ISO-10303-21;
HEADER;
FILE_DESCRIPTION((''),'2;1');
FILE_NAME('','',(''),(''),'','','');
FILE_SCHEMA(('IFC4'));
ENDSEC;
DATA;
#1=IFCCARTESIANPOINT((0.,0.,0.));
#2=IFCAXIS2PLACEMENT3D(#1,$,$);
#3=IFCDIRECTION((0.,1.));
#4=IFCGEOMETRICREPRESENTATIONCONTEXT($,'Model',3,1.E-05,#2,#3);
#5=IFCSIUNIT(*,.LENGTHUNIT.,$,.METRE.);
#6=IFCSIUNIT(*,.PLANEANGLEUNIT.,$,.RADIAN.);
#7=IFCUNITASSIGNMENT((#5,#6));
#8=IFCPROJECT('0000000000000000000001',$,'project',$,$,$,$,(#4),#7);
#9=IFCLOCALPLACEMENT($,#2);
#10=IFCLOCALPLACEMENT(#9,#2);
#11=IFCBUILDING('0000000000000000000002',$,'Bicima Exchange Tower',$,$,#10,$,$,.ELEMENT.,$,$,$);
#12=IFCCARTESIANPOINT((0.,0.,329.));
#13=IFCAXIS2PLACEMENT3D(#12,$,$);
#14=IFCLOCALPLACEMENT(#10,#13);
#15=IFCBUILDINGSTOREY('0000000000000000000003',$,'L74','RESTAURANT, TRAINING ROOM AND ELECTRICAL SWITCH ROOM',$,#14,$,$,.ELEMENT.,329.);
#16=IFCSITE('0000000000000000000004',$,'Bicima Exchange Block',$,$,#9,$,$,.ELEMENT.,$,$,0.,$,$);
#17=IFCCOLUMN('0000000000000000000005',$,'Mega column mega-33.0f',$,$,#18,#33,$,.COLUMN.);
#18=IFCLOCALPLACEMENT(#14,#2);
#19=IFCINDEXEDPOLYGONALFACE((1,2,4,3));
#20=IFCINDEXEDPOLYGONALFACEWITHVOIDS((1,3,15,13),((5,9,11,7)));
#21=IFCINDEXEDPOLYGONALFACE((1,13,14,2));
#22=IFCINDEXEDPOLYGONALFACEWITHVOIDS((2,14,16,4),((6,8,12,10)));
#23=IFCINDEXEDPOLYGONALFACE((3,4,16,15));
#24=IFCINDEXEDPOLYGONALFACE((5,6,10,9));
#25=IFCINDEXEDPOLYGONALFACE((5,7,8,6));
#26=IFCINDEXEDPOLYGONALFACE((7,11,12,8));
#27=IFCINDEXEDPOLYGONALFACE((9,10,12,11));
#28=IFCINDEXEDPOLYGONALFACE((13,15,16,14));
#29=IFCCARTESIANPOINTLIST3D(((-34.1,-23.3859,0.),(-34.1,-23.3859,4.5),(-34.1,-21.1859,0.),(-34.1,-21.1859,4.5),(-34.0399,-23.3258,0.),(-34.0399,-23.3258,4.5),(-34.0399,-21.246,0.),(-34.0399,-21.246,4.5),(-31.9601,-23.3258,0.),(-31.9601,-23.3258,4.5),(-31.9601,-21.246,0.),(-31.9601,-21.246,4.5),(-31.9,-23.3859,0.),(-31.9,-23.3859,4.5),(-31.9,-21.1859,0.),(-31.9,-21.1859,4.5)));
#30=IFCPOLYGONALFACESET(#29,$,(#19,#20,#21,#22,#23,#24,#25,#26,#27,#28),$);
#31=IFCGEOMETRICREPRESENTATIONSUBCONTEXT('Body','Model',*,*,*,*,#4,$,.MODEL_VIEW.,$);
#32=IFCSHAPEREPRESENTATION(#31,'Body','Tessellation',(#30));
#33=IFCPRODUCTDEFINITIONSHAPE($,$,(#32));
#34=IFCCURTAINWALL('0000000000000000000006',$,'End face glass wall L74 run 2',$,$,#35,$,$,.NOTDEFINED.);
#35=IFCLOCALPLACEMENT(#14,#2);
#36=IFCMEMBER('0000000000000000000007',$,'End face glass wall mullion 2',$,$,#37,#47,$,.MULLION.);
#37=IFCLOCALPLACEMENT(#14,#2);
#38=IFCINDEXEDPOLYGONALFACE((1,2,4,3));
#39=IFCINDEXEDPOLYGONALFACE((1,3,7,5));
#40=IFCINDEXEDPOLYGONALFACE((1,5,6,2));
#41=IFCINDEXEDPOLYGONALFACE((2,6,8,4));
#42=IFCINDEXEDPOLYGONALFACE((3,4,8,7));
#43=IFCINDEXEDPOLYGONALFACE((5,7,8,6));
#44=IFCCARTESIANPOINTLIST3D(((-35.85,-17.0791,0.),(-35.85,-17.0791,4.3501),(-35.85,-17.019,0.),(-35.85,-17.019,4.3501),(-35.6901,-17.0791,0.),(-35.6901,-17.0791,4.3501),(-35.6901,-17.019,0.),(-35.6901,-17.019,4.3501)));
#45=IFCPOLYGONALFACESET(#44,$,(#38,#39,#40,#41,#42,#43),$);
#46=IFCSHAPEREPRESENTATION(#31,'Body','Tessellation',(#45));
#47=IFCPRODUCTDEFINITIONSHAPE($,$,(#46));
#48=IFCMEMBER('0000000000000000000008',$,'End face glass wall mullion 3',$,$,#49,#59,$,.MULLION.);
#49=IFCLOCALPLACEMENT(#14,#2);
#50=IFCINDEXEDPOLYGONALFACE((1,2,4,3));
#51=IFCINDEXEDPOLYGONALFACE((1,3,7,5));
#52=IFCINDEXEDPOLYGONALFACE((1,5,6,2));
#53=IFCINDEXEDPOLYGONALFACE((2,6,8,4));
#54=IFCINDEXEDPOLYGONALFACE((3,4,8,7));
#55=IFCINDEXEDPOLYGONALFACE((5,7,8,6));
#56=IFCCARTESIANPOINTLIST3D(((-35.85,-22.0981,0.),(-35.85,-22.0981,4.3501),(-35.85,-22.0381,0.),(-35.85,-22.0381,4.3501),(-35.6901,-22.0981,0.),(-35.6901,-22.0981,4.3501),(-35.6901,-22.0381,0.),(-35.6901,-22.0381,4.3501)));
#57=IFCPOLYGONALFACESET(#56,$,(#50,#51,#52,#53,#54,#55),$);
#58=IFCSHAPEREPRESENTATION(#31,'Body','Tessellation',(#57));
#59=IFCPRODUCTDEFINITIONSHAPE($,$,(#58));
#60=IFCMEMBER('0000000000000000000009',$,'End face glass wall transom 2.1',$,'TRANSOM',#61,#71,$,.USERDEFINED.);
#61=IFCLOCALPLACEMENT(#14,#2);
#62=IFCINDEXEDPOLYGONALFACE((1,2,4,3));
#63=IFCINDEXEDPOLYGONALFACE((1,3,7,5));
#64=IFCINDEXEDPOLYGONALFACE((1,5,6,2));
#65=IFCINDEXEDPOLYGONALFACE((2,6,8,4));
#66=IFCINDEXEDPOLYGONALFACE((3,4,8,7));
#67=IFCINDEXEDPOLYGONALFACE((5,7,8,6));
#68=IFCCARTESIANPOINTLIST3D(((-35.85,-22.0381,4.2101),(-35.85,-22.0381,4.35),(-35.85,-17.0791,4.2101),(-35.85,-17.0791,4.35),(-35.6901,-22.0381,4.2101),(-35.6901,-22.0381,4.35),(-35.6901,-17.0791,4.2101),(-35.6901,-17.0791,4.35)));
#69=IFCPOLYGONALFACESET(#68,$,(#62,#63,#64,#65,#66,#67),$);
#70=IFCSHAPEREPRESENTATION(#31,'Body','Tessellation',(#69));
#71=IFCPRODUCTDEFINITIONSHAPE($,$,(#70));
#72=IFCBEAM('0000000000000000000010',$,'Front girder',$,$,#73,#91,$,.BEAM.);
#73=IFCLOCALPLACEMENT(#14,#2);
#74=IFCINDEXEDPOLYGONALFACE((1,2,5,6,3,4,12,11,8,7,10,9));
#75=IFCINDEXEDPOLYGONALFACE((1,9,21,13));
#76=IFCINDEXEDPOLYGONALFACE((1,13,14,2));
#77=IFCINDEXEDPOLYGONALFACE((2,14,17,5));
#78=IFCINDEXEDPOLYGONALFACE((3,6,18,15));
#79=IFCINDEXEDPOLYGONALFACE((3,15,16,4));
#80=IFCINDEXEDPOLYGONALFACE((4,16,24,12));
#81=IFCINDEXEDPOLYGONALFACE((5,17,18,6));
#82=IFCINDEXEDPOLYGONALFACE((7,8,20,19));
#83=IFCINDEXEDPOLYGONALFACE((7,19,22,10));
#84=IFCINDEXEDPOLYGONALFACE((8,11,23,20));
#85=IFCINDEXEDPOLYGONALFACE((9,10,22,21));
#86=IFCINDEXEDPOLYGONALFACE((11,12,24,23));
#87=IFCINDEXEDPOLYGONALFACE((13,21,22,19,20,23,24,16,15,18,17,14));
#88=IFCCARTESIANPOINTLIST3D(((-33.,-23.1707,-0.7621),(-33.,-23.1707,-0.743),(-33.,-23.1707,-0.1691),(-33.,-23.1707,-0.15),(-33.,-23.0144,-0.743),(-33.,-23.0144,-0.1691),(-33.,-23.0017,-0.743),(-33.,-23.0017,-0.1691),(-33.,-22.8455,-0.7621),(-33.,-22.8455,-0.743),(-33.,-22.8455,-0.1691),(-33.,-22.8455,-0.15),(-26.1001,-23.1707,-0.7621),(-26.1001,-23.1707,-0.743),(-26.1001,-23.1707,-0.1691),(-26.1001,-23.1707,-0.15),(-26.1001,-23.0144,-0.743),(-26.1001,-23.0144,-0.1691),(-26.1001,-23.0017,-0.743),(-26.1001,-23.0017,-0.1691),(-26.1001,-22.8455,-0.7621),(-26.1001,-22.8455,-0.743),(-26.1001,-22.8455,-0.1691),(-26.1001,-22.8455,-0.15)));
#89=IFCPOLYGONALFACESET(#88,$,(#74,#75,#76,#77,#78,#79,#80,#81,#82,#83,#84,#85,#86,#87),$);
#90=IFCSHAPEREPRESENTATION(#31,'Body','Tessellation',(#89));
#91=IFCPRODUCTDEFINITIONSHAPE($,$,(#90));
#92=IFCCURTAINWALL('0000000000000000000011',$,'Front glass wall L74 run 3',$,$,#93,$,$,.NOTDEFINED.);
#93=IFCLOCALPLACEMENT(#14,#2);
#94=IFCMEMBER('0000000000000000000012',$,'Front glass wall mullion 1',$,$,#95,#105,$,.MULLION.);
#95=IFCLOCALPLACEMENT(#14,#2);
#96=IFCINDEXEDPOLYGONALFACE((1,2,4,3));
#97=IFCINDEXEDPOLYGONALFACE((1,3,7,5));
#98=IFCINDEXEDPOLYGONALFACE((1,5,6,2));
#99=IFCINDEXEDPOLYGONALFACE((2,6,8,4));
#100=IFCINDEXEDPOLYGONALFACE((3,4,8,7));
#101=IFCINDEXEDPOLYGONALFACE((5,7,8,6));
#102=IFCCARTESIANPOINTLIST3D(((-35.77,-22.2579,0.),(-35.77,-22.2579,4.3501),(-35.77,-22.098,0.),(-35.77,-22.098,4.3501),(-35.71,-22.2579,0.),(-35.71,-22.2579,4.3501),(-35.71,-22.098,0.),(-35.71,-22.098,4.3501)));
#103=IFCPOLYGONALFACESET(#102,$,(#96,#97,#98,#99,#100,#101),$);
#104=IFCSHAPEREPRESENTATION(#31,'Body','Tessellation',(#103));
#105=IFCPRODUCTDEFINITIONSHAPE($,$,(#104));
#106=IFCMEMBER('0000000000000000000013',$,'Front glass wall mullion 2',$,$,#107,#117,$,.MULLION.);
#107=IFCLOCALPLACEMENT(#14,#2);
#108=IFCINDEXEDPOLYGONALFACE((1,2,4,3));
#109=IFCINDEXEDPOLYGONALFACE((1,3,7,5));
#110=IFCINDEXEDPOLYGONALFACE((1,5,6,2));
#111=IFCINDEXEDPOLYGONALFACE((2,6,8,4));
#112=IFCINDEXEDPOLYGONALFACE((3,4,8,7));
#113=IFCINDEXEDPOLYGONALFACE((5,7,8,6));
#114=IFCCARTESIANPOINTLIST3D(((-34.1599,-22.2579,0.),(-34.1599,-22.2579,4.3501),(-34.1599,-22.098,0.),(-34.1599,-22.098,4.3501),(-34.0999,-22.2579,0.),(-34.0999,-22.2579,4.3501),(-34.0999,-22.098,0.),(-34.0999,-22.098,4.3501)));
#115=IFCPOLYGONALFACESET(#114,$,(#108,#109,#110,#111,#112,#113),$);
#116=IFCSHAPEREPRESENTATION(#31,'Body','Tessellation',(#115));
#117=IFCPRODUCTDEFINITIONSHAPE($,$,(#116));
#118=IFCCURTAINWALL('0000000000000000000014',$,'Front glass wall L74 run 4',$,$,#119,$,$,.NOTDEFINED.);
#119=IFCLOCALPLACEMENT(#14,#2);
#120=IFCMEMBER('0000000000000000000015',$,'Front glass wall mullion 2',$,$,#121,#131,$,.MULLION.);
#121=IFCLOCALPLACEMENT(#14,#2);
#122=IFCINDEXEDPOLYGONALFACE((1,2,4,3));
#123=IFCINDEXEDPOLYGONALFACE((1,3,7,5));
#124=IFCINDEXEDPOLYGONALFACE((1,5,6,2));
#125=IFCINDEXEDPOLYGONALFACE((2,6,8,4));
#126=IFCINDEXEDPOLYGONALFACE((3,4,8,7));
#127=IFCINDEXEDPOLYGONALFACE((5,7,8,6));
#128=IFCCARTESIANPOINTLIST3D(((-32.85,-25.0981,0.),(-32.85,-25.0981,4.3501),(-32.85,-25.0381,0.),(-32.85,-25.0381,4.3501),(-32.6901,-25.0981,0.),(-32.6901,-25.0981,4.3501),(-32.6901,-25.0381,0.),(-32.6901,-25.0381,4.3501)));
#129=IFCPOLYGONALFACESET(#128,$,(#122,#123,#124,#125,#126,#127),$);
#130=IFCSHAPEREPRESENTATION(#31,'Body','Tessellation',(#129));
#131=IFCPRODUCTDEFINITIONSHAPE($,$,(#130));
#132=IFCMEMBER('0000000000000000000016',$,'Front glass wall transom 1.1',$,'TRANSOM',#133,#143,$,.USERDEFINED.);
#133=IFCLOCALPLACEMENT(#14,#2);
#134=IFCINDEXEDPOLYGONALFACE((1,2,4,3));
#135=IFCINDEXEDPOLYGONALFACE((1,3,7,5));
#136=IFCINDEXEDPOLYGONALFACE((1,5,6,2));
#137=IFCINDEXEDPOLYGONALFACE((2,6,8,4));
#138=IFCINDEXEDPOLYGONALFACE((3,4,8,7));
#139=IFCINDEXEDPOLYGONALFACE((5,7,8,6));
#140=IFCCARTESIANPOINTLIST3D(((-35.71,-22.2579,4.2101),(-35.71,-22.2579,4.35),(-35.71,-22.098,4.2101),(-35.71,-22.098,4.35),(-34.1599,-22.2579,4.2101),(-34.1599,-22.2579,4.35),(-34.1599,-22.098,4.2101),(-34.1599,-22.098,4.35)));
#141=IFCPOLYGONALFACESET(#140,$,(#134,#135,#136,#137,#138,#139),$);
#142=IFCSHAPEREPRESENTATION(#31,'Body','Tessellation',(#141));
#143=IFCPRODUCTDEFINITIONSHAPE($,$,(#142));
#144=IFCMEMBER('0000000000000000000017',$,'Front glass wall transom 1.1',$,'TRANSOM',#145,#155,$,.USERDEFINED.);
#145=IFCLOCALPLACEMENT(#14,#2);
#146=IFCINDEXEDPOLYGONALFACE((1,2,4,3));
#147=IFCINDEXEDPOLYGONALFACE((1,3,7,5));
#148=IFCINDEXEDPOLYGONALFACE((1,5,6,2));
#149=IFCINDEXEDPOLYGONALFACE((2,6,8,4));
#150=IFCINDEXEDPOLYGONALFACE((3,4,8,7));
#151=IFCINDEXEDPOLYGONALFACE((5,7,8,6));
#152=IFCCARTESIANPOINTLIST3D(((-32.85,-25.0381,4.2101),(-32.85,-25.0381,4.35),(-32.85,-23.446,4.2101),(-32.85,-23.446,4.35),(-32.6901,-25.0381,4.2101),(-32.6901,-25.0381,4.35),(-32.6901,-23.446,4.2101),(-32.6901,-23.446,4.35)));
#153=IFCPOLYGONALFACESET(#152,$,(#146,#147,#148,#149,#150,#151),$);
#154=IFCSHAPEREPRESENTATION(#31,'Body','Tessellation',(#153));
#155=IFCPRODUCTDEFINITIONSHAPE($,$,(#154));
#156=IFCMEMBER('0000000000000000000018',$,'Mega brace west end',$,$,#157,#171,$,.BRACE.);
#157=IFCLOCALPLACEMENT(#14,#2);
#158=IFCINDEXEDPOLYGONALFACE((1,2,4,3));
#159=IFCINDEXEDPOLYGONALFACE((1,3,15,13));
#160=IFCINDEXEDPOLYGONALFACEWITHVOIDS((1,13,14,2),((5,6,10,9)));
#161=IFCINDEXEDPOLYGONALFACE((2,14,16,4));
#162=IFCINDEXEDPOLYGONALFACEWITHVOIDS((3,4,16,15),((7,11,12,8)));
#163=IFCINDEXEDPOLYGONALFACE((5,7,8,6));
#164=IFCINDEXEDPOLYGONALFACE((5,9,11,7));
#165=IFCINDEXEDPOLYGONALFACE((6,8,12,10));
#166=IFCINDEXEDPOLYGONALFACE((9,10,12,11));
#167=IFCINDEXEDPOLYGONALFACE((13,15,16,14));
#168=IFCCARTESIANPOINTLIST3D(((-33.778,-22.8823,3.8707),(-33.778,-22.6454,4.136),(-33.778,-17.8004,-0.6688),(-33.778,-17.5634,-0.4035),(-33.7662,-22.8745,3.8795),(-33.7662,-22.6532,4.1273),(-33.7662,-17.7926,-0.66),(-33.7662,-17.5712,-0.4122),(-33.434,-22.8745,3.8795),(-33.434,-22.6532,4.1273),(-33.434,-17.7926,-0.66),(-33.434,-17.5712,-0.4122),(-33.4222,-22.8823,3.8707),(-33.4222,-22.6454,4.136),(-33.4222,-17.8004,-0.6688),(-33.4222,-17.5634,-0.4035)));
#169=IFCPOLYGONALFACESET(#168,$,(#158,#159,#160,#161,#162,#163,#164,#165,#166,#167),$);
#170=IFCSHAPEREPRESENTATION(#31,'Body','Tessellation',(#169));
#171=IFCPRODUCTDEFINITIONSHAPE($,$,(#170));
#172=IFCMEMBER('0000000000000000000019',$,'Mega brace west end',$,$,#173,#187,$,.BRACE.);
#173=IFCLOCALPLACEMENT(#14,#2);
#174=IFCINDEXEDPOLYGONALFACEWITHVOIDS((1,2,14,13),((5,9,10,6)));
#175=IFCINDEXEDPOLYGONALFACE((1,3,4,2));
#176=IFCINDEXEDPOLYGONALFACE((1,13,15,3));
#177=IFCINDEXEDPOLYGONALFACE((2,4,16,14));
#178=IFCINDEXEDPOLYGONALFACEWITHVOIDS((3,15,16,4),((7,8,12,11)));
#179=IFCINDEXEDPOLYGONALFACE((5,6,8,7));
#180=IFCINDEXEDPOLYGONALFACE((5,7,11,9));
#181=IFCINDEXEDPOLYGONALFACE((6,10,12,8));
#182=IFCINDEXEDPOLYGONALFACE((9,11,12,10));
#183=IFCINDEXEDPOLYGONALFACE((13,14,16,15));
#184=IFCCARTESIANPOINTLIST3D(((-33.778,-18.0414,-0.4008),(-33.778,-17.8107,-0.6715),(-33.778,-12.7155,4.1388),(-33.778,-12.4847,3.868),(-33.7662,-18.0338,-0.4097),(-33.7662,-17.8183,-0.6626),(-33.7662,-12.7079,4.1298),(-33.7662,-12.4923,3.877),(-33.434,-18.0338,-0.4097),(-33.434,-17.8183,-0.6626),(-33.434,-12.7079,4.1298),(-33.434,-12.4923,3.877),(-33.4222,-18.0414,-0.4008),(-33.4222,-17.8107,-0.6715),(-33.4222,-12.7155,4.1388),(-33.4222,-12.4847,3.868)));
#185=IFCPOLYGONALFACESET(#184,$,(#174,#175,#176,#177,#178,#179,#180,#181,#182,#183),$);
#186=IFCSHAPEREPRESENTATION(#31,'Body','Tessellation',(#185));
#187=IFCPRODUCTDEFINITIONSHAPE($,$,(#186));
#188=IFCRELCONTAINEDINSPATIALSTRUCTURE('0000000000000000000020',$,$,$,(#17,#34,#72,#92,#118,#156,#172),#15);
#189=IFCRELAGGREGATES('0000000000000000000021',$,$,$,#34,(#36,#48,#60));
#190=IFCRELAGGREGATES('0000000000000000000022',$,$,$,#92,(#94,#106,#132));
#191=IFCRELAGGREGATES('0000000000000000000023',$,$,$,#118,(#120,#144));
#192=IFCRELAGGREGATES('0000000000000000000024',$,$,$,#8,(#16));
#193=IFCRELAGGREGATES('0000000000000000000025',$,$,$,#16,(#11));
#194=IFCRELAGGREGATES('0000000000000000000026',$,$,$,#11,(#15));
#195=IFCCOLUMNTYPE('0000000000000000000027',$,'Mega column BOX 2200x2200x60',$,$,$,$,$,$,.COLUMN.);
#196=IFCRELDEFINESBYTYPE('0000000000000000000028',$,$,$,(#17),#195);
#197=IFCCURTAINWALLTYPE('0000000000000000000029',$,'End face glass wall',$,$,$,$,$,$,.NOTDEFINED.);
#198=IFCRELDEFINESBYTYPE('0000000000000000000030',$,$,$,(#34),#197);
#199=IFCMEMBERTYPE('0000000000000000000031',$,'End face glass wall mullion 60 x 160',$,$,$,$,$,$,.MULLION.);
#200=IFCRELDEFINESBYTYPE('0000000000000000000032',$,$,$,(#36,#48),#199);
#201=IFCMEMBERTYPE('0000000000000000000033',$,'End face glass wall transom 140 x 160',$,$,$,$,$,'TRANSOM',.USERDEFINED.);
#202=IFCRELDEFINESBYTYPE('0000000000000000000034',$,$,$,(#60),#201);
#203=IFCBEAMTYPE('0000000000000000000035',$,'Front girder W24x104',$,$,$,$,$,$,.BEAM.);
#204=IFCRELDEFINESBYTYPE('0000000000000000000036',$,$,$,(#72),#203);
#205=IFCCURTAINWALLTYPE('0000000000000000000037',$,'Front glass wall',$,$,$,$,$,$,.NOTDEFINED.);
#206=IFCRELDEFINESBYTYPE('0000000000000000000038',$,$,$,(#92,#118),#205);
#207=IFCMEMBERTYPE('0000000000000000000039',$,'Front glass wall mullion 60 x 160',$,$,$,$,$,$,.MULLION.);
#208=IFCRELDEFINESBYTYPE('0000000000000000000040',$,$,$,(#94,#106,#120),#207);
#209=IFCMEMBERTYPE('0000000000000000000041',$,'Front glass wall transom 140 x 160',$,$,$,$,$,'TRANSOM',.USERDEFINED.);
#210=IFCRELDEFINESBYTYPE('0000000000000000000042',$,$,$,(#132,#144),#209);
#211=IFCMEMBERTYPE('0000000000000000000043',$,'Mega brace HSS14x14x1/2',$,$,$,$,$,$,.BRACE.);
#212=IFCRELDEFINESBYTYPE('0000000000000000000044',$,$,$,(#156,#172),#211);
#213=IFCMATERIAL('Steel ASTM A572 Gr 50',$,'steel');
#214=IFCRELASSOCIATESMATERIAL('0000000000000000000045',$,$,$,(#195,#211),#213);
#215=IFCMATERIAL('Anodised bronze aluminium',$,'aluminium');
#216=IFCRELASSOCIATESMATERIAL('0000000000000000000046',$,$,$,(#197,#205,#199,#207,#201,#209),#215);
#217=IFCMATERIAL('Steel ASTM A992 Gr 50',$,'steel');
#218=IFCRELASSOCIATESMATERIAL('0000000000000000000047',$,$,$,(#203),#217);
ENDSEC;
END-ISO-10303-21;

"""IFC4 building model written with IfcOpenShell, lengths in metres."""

from ifc_helpers import new_model, si_unit, direction, frame, origin, origin_2d, place, context, subcontext, project, spatial, rectangle, hollow_rectangle, i_section, extrude, material, material_profile, profile_set, type_object, element, aggregate, save


model = new_model("IFC4")

# Units and contexts
model_context = context("Model", 3, precision=1e-05, world=origin(), true_north=direction((0.0, 1.0)))
body_context = subcontext(model_context, "Body", "Model", "MODEL_VIEW")
ifc_project = project(units=[si_unit("LENGTHUNIT", "METRE"), si_unit("PLANEANGLEUNIT", "RADIAN")], contexts=[model_context])

# Site, building, storey
site_placement = place(None, origin())
site = spatial("IfcSite", under=ifc_project, at=site_placement, Name="Bicima Exchange Block", CompositionType="ELEMENT", RefElevation=0.0)
building_placement = place(site_placement, origin())
building = spatial("IfcBuilding", under=site, at=building_placement, Name="Bicima Exchange Tower", CompositionType="ELEMENT")
storey_placement = place(building_placement, frame((0.0, 0.0, 329.0)))
storey = spatial("IfcBuildingStorey", under=building, at=storey_placement, Name="L74", Description="RESTAURANT, TRAINING ROOM AND ELECTRICAL SWITCH ROOM", CompositionType="ELEMENT", Elevation=329.0)

# Column
ifc_material_1 = material(Name="Steel ASTM A572 Gr 50", Category="steel")
ifc_material_profile_1 = material_profile(ifc_material_1, hollow_rectangle(XDim=2.2, YDim=2.2, WallThickness=0.0601, at=origin_2d()))
ifc_profile_set_1 = profile_set([ifc_material_profile_1], Name="Steel ASTM A572 Gr 50")
column_type = type_object("IfcColumnType", Name="Mega column BOX 2200x2200x60", PredefinedType="COLUMN", material=ifc_profile_set_1)
column_placement = place(storey_placement, frame((-33.0, -22.2859, 0.0), z_axis=(0.0, 0.0, 1.0), x_axis=(1.0, 0.0, 0.0)))
element("IfcColumn", 1, at=column_placement, inside=storey, type_object=column_type, Name="Mega column mega-33.0f", PredefinedType="COLUMN", context=body_context, shape_type="SweptSolid", body=[
    extrude(hollow_rectangle(XDim=2.2, YDim=2.2, WallThickness=0.0601, at=origin_2d()), origin(), (0.0, 0.0, 1.0), 4.5),
])

# Curtain wall, members
ifc_material_2 = material(Name="Anodised bronze aluminium", Category="aluminium")
curtain_wall_type_1 = type_object("IfcCurtainWallType", Name="End face glass wall", PredefinedType="NOTDEFINED", material=ifc_material_2)
curtain_wall_1_placement = place(storey_placement, origin())
curtain_wall_1 = element("IfcCurtainWall", 2, at=curtain_wall_1_placement, inside=storey, type_object=curtain_wall_type_1, Name="End face glass wall L74 run 2", PredefinedType="NOTDEFINED")
ifc_material_profile_2 = material_profile(ifc_material_2, rectangle(XDim=0.1599, YDim=0.0601, at=origin_2d()))
ifc_profile_set_2 = profile_set([ifc_material_profile_2], Name="Anodised bronze aluminium")
member_type_1 = type_object("IfcMemberType", Name="End face glass wall mullion 60 x 160", PredefinedType="MULLION", material=ifc_profile_set_2)
member_1_placement = place(storey_placement, frame((-35.77, -17.0491, 0.0), z_axis=(0.0, 0.0, 1.0), x_axis=(1.0, 0.0, 0.0)))
member_1 = element("IfcMember", 3, at=member_1_placement, type_object=member_type_1, Name="End face glass wall mullion 2", PredefinedType="MULLION", context=body_context, shape_type="SweptSolid", body=[
    extrude(rectangle(XDim=0.1599, YDim=0.0601, at=origin_2d()), origin(), (0.0, 0.0, 1.0), 4.3501),
])
member_2_placement = place(storey_placement, frame((-35.77, -22.0681, 0.0), z_axis=(0.0, 0.0, 1.0), x_axis=(1.0, 0.0, 0.0)))
member_2 = element("IfcMember", 4, at=member_2_placement, type_object=member_type_1, Name="End face glass wall mullion 3", PredefinedType="MULLION", context=body_context, shape_type="SweptSolid", body=[
    extrude(rectangle(XDim=0.1599, YDim=0.0601, at=origin_2d()), origin(), (0.0, 0.0, 1.0), 4.3501),
])
ifc_material_profile_3 = material_profile(ifc_material_2, rectangle(XDim=0.1599, YDim=0.1399, at=origin_2d()))
ifc_profile_set_3 = profile_set([ifc_material_profile_3], Name="Anodised bronze aluminium")
member_type_2 = type_object("IfcMemberType", Name="End face glass wall transom 140 x 160", ElementType="TRANSOM", PredefinedType="USERDEFINED", material=ifc_profile_set_3)
member_3_placement = place(storey_placement, frame((-35.77, -17.0791, 4.28), z_axis=(0.0, -1.0, 0.0), x_axis=(1.0, 0.0, 0.0)))
member_3 = element("IfcMember", 5, at=member_3_placement, type_object=member_type_2, Name="End face glass wall transom 2.1", ObjectType="TRANSOM", PredefinedType="USERDEFINED", context=body_context, shape_type="SweptSolid", body=[
    extrude(rectangle(XDim=0.1599, YDim=0.1399, at=origin_2d()), origin(), (0.0, 0.0, 1.0), 4.959),
])

# Beam
ifc_material_3 = material(Name="Steel ASTM A992 Gr 50", Category="steel")
ifc_material_profile_4 = material_profile(ifc_material_3, i_section(OverallWidth=0.3252, OverallDepth=0.6121, WebThickness=0.0127, FlangeThickness=0.019, at=origin_2d()))
ifc_profile_set_4 = profile_set([ifc_material_profile_4], Name="Steel ASTM A992 Gr 50")
beam_type = type_object("IfcBeamType", Name="Front girder W24x104", PredefinedType="BEAM", material=ifc_profile_set_4)
beam_placement = place(storey_placement, frame((-33.0, -23.0081, -0.4561), z_axis=(1.0, 0.0, 0.0), x_axis=(0.0, 1.0, 0.0)))
element("IfcBeam", 6, at=beam_placement, inside=storey, type_object=beam_type, Name="Front girder", PredefinedType="BEAM", context=body_context, shape_type="SweptSolid", body=[
    extrude(i_section(OverallWidth=0.3252, OverallDepth=0.6121, WebThickness=0.0127, FlangeThickness=0.019, at=origin_2d()), origin(), (0.0, 0.0, 1.0), 6.8999),
])

# Curtain wall, members
curtain_wall_type_2 = type_object("IfcCurtainWallType", Name="Front glass wall", PredefinedType="NOTDEFINED", material=ifc_material_2)
curtain_wall_2_placement = place(storey_placement, origin())
curtain_wall_2 = element("IfcCurtainWall", 7, at=curtain_wall_2_placement, inside=storey, type_object=curtain_wall_type_2, Name="Front glass wall L74 run 3", PredefinedType="NOTDEFINED")
member_type_3 = type_object("IfcMemberType", Name="Front glass wall mullion 60 x 160", PredefinedType="MULLION", material=ifc_profile_set_2)
member_4_placement = place(storey_placement, frame((-35.74, -22.178, 0.0), z_axis=(0.0, 0.0, 1.0), x_axis=(0.0, 1.0, 0.0)))
member_4 = element("IfcMember", 8, at=member_4_placement, type_object=member_type_3, Name="Front glass wall mullion 1", PredefinedType="MULLION", context=body_context, shape_type="SweptSolid", body=[
    extrude(rectangle(XDim=0.1599, YDim=0.0601, at=origin_2d()), origin(), (0.0, 0.0, 1.0), 4.3501),
])
member_5_placement = place(storey_placement, frame((-34.1299, -22.178, 0.0), z_axis=(0.0, 0.0, 1.0), x_axis=(0.0, 1.0, 0.0)))
member_5 = element("IfcMember", 9, at=member_5_placement, type_object=member_type_3, Name="Front glass wall mullion 2", PredefinedType="MULLION", context=body_context, shape_type="SweptSolid", body=[
    extrude(rectangle(XDim=0.1599, YDim=0.0601, at=origin_2d()), origin(), (0.0, 0.0, 1.0), 4.3501),
])

# Curtain wall, member
curtain_wall_3_placement = place(storey_placement, origin())
curtain_wall_3 = element("IfcCurtainWall", 10, at=curtain_wall_3_placement, inside=storey, type_object=curtain_wall_type_2, Name="Front glass wall L74 run 4", PredefinedType="NOTDEFINED")
member_6_placement = place(storey_placement, frame((-32.77, -25.0681, 0.0), z_axis=(0.0, 0.0, 1.0), x_axis=(1.0, 0.0, 0.0)))
member_6 = element("IfcMember", 11, at=member_6_placement, type_object=member_type_3, Name="Front glass wall mullion 2", PredefinedType="MULLION", context=body_context, shape_type="SweptSolid", body=[
    extrude(rectangle(XDim=0.1599, YDim=0.0601, at=origin_2d()), origin(), (0.0, 0.0, 1.0), 4.3501),
])

# Members
member_type_4 = type_object("IfcMemberType", Name="Front glass wall transom 140 x 160", ElementType="TRANSOM", PredefinedType="USERDEFINED", material=ifc_profile_set_3)
member_7_placement = place(storey_placement, frame((-35.71, -22.178, 4.28), z_axis=(1.0, 0.0, 0.0), x_axis=(0.0, 1.0, 0.0)))
member_7 = element("IfcMember", 12, at=member_7_placement, type_object=member_type_4, Name="Front glass wall transom 1.1", ObjectType="TRANSOM", PredefinedType="USERDEFINED", context=body_context, shape_type="SweptSolid", body=[
    extrude(rectangle(XDim=0.1599, YDim=0.1399, at=origin_2d()), origin(), (0.0, 0.0, 1.0), 1.55),
])
member_8_placement = place(storey_placement, frame((-32.77, -23.446, 4.28), z_axis=(0.0, -1.0, 0.0), x_axis=(1.0, 0.0, 0.0)))
member_8 = element("IfcMember", 13, at=member_8_placement, type_object=member_type_4, Name="Front glass wall transom 1.1", ObjectType="TRANSOM", PredefinedType="USERDEFINED", context=body_context, shape_type="SweptSolid", body=[
    extrude(rectangle(XDim=0.1599, YDim=0.1399, at=origin_2d()), origin(), (0.0, 0.0, 1.0), 1.592),
])

# Members
ifc_material_profile_5 = material_profile(ifc_material_1, hollow_rectangle(XDim=0.3557, YDim=0.3557, WallThickness=0.0117, at=origin_2d()))
ifc_profile_set_5 = profile_set([ifc_material_profile_5], Name="Steel ASTM A572 Gr 50")
member_type_5 = type_object("IfcMemberType", Name="Mega brace HSS14x14x1/2", PredefinedType="BRACE", material=ifc_profile_set_5)
member_9_placement = place(storey_placement, frame((-33.6001, -17.6819, -0.5361), z_axis=(0.0, -0.74579, 0.666181), x_axis=(1.0, 0.0, 0.0)))
element("IfcMember", 14, at=member_9_placement, inside=storey, type_object=member_type_5, Name="Mega brace west end", PredefinedType="BRACE", context=body_context, shape_type="SweptSolid", body=[
    extrude(hollow_rectangle(XDim=0.3557, YDim=0.3557, WallThickness=0.0117, at=origin_2d()), origin(), (0.0, 0.0, 1.0), 6.8142),
])
member_10_placement = place(storey_placement, frame((-33.6001, -17.926, -0.5361), z_axis=(0.0, 0.761056, 0.648686), x_axis=(-1.0, 0.0, 0.0)))
element("IfcMember", 15, at=member_10_placement, inside=storey, type_object=member_type_5, Name="Mega brace west end", PredefinedType="BRACE", context=body_context, shape_type="SweptSolid", body=[
    extrude(hollow_rectangle(XDim=0.3557, YDim=0.3557, WallThickness=0.0117, at=origin_2d()), origin(), (0.0, 0.0, 1.0), 6.998),
])

aggregate(curtain_wall_1, [member_1, member_2, member_3])
aggregate(curtain_wall_2, [member_4, member_5, member_7])
aggregate(curtain_wall_3, [member_6, member_8])

save(model, "model.ifc")
